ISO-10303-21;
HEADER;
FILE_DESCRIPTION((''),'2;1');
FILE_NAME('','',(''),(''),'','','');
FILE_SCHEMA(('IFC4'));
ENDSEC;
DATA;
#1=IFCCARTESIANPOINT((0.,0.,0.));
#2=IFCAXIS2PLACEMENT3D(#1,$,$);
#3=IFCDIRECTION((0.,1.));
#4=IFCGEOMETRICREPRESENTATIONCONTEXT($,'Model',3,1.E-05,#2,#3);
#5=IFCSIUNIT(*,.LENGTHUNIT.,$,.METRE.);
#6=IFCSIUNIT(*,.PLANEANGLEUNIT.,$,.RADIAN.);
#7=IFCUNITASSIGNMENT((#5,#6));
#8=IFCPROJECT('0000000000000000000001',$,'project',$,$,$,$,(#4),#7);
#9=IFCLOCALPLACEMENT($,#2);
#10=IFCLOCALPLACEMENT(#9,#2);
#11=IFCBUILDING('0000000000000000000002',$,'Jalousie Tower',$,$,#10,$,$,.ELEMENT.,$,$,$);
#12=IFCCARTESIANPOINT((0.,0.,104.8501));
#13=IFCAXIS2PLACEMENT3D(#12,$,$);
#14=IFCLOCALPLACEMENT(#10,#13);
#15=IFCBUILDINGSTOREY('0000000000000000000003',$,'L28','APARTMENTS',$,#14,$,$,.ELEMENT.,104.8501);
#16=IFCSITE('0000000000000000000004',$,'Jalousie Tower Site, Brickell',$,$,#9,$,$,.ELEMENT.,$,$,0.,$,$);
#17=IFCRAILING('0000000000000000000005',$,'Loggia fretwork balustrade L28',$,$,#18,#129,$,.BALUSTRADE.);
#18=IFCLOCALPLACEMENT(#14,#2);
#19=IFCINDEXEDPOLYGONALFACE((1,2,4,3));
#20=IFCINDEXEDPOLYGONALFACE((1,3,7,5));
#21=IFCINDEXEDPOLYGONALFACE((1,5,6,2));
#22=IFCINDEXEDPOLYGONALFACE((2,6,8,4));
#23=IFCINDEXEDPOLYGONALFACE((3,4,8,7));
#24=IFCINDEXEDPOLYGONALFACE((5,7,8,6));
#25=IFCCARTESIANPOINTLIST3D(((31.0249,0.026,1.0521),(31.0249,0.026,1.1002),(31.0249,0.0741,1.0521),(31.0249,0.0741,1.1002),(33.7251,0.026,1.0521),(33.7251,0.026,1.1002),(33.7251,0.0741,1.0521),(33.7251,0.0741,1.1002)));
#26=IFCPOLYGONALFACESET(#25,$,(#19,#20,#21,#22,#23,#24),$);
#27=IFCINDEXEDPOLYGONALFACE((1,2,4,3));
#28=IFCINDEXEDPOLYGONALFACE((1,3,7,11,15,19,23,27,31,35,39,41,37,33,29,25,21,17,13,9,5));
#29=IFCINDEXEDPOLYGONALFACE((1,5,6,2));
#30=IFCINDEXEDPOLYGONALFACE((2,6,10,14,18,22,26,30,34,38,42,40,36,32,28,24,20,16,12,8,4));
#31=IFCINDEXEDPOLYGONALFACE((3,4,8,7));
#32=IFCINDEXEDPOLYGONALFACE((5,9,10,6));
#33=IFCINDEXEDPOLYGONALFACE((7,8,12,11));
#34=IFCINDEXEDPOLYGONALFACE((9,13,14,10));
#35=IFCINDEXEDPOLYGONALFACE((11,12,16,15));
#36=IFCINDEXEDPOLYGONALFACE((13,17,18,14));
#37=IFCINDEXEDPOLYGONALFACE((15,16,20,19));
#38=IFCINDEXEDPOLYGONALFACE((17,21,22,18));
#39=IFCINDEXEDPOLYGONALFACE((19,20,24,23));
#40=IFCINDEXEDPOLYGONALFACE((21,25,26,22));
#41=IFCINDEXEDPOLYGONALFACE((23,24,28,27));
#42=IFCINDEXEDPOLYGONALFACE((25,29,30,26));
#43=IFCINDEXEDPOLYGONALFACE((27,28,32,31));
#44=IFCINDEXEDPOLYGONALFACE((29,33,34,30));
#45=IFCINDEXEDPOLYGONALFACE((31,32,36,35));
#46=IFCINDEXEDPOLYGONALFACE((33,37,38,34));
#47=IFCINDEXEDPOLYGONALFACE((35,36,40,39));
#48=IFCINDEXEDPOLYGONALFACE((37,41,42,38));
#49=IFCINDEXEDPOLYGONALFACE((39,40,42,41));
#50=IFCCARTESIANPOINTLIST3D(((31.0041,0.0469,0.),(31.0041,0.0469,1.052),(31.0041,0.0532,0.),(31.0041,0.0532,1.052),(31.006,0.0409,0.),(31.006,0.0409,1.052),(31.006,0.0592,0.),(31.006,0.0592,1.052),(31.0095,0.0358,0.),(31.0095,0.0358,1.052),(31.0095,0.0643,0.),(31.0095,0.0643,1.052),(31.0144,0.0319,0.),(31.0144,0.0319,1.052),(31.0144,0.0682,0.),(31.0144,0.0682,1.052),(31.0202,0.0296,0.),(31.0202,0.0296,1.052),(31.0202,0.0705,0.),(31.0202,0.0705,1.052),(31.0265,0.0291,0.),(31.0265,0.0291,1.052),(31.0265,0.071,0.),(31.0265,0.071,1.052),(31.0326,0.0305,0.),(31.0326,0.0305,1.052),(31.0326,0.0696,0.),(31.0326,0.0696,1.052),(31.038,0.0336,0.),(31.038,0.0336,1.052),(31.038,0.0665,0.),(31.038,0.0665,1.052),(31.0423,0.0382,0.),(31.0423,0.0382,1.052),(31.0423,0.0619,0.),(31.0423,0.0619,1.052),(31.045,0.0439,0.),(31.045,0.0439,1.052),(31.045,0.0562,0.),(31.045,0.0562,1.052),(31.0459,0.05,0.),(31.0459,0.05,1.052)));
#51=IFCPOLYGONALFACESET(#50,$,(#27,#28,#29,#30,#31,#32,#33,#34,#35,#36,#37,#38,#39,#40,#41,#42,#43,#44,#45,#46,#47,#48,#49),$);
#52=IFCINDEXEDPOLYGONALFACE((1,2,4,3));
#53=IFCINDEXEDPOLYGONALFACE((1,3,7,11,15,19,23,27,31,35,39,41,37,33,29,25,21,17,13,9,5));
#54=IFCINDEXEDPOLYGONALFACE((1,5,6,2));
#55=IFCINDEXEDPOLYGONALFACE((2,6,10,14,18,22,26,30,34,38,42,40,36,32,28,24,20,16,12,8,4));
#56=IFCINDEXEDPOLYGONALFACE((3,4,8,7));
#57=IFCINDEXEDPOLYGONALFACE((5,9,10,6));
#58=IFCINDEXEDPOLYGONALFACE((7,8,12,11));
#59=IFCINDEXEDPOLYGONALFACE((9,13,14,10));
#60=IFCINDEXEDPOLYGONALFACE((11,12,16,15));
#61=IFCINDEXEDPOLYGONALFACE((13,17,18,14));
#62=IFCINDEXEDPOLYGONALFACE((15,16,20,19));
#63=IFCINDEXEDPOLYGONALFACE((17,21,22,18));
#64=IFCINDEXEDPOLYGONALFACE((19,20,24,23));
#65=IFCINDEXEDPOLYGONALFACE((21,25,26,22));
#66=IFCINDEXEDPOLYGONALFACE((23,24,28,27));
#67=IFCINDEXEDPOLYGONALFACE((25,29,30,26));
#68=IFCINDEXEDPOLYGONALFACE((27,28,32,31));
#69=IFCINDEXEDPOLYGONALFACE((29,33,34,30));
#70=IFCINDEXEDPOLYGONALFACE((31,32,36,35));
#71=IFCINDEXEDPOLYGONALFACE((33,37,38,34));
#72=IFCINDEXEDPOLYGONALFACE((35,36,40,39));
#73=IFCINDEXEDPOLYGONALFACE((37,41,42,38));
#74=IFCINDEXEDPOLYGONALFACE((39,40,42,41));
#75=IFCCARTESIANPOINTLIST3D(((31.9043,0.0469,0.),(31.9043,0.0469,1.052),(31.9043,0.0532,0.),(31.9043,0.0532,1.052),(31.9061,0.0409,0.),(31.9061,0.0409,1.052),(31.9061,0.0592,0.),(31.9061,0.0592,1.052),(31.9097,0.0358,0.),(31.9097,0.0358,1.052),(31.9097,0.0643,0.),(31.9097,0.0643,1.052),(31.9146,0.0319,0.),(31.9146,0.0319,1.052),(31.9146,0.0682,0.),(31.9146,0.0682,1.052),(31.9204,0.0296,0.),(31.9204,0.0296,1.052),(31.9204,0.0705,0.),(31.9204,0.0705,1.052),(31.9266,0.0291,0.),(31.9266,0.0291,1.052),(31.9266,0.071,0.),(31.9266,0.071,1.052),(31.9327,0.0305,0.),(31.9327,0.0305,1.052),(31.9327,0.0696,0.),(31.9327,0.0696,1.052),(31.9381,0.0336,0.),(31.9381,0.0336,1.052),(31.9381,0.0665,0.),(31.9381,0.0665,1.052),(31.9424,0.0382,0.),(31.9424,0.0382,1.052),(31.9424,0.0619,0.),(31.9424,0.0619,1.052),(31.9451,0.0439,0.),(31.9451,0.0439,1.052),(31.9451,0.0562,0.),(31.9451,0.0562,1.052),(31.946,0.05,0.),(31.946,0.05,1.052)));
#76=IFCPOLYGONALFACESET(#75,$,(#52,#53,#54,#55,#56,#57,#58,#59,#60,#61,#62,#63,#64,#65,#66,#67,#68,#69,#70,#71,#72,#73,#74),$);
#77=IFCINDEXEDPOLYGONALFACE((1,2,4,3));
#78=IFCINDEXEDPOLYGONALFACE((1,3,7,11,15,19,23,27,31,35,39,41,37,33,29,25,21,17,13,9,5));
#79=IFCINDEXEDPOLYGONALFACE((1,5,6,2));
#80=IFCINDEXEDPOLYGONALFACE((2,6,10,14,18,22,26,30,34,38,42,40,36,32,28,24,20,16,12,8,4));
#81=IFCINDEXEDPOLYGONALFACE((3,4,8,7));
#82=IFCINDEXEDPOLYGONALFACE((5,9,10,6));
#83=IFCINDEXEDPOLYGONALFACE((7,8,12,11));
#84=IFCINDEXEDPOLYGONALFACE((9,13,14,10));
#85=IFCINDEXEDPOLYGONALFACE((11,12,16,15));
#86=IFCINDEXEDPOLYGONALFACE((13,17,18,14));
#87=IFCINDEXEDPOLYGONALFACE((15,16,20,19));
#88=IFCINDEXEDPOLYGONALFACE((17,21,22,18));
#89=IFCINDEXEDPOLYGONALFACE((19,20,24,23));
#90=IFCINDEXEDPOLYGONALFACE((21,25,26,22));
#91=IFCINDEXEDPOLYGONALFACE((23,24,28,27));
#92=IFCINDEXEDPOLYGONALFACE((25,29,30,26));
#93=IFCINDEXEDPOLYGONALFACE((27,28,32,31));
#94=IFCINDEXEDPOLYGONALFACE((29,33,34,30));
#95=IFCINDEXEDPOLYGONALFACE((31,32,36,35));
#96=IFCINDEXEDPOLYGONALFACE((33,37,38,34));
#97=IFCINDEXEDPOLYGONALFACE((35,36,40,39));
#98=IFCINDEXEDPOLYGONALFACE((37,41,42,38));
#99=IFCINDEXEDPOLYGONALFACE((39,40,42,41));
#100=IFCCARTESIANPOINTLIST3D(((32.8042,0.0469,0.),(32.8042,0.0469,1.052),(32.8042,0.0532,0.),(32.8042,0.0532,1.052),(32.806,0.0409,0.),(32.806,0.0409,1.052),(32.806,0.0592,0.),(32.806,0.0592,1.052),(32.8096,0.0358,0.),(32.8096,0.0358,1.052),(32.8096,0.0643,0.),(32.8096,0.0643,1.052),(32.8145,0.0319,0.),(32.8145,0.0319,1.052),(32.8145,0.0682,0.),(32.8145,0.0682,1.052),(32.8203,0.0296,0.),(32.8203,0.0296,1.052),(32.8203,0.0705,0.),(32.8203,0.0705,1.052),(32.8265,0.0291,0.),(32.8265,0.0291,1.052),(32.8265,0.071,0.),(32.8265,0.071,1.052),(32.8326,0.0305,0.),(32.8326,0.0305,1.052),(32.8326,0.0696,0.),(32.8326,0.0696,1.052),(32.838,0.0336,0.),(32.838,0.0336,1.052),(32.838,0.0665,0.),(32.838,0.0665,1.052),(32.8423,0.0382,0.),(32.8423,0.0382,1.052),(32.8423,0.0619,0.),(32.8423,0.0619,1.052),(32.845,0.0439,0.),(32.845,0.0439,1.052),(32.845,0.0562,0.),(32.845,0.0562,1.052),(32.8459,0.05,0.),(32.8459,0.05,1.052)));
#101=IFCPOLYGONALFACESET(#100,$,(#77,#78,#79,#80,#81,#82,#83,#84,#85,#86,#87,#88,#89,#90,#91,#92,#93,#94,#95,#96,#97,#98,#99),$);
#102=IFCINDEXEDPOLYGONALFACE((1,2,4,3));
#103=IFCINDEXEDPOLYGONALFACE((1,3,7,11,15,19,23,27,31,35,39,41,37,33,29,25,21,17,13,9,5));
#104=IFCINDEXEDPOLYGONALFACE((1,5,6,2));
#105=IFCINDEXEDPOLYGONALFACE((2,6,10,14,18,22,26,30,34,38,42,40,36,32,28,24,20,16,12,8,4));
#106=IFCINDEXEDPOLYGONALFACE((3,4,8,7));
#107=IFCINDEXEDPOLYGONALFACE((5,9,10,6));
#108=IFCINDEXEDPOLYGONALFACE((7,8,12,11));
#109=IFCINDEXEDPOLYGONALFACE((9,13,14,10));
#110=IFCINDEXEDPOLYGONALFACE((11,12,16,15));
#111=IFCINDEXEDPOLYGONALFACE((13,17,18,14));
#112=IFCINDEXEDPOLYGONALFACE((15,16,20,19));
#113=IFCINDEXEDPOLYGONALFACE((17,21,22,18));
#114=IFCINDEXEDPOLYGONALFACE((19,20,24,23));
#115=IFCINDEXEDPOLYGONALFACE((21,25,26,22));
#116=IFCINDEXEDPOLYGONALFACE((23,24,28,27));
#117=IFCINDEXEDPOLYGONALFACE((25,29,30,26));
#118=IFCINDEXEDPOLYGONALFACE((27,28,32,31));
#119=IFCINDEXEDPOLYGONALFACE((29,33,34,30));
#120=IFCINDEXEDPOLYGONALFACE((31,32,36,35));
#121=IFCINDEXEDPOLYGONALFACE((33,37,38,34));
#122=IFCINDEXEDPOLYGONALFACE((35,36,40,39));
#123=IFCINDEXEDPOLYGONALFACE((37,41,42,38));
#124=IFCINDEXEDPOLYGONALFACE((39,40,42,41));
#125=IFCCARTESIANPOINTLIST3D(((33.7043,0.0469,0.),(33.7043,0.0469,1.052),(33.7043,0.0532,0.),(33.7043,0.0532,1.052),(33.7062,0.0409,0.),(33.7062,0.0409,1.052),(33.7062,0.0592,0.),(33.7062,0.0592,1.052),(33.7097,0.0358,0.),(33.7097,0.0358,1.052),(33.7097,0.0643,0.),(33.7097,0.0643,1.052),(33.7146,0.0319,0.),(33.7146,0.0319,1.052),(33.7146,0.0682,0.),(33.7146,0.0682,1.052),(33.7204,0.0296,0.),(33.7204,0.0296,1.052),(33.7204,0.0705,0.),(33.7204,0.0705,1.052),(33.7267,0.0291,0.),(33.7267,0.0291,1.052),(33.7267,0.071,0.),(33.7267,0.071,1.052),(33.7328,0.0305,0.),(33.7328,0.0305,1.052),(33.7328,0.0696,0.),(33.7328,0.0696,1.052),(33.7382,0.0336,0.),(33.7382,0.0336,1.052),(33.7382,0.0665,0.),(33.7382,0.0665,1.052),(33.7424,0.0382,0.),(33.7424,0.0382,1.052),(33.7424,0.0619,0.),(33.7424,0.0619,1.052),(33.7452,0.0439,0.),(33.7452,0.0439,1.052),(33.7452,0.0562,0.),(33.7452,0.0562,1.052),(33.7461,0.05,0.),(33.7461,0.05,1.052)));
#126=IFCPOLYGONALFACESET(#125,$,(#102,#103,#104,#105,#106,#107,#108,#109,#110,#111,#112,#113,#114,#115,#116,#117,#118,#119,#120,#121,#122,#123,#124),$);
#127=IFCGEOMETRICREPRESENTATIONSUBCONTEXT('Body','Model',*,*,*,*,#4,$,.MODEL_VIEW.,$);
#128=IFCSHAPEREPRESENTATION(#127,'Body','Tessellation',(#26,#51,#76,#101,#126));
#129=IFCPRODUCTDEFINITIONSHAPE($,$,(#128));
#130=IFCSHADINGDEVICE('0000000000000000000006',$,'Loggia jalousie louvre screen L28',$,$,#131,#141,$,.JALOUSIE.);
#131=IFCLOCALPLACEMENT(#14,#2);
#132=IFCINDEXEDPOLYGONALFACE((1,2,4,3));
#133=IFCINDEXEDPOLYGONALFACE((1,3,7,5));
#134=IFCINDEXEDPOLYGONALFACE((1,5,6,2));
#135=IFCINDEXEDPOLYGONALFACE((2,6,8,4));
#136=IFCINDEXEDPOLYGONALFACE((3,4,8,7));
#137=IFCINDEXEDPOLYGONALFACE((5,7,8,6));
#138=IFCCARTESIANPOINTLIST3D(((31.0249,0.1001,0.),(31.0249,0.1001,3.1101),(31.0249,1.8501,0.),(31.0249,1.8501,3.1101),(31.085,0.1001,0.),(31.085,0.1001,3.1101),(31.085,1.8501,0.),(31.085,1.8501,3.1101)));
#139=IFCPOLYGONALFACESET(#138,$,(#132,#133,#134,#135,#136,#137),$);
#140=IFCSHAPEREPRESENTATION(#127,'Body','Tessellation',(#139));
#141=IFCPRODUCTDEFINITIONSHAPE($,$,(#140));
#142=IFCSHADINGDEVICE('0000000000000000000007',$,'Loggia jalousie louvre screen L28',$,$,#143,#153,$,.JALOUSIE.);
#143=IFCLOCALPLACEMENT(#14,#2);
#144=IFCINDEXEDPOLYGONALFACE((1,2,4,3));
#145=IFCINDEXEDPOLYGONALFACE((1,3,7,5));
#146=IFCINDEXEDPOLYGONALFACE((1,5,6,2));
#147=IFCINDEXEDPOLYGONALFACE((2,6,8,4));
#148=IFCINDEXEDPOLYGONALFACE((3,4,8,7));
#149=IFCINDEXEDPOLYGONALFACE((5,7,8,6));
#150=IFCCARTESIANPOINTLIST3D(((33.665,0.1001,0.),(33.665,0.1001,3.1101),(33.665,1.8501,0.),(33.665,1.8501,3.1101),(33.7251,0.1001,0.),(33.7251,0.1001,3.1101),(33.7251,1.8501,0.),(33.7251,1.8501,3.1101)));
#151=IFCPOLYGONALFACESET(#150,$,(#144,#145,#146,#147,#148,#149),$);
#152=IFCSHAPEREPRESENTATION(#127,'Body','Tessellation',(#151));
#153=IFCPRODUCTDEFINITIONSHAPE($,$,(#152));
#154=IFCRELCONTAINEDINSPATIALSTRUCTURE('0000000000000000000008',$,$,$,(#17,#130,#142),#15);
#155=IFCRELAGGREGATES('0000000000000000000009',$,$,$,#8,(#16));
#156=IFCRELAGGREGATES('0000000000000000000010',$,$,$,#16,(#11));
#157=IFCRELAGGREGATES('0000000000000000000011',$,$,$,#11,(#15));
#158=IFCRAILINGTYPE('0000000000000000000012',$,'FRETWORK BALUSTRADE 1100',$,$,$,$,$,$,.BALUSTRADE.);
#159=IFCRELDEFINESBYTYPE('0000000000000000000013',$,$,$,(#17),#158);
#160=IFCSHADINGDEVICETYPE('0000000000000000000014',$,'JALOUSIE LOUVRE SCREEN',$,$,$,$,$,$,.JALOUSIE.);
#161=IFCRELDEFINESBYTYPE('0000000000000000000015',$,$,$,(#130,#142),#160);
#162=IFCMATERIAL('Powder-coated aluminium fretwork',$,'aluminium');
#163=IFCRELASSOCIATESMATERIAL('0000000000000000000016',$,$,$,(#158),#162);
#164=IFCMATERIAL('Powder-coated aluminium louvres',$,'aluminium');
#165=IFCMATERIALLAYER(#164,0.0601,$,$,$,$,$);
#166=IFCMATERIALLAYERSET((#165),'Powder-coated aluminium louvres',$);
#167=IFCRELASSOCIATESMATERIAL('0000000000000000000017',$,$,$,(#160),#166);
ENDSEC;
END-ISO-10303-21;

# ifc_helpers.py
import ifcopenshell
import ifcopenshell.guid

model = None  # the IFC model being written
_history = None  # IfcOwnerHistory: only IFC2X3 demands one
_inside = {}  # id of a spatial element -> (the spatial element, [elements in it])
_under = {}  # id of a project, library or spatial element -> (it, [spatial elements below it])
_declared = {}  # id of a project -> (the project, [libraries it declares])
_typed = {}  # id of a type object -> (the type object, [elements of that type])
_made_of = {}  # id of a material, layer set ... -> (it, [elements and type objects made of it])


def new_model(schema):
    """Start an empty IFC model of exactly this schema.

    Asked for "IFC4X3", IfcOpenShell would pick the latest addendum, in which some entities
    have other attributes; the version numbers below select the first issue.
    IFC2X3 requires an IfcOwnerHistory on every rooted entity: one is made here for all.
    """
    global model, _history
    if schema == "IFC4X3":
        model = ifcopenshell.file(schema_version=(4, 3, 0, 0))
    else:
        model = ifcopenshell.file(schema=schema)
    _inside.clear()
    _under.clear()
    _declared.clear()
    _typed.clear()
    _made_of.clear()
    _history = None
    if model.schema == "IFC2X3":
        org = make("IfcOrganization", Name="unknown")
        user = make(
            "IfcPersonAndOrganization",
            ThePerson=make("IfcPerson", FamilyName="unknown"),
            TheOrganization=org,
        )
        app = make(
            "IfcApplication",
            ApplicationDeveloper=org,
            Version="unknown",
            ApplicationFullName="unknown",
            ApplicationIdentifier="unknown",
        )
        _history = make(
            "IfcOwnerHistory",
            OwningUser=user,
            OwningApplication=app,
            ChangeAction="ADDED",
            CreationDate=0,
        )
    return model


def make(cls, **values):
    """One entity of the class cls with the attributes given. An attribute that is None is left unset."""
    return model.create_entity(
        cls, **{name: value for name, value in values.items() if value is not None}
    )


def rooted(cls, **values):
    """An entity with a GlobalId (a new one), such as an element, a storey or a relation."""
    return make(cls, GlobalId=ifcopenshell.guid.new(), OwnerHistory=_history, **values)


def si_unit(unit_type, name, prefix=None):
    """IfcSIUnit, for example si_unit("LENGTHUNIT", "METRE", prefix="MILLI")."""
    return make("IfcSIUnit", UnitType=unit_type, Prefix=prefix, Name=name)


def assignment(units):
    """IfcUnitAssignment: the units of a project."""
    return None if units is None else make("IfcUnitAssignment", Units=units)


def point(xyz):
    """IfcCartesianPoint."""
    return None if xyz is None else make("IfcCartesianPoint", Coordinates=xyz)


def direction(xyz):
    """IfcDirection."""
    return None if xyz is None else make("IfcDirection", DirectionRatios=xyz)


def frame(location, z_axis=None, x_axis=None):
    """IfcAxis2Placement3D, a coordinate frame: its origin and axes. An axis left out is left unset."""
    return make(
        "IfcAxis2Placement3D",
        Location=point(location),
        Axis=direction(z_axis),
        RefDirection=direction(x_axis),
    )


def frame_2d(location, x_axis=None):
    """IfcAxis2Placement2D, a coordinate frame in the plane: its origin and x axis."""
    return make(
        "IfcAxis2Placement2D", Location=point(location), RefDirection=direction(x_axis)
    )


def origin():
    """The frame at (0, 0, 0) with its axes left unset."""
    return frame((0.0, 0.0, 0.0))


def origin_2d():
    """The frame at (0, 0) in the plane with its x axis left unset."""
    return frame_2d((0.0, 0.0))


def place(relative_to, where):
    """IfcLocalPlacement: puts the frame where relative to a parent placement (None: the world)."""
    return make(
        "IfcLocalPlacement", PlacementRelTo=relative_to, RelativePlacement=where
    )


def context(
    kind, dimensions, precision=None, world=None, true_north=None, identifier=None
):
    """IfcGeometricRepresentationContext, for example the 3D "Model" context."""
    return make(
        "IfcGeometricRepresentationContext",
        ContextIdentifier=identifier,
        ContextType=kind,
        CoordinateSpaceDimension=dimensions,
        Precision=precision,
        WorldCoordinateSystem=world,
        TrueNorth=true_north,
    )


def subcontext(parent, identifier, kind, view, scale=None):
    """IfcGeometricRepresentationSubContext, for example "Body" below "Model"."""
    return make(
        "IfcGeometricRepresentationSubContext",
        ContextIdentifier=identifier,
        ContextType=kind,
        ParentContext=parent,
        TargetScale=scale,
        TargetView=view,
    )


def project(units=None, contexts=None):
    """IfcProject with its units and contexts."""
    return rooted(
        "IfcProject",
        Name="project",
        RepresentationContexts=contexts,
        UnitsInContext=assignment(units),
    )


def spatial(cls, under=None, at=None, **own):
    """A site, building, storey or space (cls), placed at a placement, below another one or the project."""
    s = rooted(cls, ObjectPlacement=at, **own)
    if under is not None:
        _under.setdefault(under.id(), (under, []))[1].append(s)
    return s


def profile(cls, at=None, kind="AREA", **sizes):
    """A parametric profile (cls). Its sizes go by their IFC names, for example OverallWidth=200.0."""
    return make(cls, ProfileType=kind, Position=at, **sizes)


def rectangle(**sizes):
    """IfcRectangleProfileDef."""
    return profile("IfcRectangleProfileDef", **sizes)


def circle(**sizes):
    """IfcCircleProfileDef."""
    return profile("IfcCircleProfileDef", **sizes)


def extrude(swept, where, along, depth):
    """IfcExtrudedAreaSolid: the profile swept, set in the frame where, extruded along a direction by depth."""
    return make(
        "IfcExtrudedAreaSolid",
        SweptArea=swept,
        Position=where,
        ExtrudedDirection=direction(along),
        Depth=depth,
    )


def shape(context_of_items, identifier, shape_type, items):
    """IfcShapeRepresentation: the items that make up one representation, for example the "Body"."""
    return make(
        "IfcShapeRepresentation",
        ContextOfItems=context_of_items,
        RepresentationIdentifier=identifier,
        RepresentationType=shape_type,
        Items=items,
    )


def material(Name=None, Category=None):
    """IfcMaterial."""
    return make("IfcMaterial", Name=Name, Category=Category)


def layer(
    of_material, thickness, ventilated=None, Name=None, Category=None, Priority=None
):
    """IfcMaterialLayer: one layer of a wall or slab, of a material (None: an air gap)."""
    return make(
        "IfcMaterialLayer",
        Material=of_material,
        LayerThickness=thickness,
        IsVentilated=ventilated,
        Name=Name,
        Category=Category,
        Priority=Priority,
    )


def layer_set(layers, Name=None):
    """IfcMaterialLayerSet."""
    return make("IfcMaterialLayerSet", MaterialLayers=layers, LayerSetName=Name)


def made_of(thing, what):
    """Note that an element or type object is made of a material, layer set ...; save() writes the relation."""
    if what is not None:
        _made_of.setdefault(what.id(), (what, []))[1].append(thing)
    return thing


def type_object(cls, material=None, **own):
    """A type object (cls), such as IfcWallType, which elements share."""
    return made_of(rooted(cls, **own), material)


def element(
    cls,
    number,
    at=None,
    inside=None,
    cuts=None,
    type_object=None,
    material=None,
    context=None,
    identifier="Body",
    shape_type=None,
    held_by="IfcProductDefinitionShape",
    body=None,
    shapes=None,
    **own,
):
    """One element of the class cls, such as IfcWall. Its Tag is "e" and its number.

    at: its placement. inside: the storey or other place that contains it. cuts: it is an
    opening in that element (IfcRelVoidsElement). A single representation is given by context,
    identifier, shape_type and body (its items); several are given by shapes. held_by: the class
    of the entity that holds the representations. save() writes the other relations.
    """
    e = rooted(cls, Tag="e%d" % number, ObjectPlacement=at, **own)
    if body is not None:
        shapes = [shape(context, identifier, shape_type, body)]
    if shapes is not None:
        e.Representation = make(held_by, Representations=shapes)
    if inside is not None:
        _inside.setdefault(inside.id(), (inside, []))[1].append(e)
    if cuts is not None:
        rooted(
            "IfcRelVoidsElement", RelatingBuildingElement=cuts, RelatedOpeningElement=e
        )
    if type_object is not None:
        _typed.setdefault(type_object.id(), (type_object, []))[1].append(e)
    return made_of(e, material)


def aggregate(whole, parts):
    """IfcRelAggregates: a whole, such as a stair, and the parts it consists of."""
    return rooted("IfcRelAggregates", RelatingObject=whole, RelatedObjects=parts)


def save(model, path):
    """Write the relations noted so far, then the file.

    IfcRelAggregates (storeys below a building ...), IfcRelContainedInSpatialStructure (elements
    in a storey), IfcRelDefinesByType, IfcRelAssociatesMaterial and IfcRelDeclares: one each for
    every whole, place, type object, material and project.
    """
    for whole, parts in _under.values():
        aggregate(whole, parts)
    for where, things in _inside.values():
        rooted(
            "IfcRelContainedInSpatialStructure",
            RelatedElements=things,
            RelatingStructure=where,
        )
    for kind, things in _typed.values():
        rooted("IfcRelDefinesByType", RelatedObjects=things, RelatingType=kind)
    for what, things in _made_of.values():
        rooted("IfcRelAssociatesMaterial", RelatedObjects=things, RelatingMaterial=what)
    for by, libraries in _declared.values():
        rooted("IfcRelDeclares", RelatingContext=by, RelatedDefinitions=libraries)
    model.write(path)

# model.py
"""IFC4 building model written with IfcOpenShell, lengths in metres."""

from ifc_helpers import new_model, si_unit, direction, frame, origin, origin_2d, place, context, subcontext, project, spatial, rectangle, circle, extrude, material, layer, layer_set, type_object, element, save


model = new_model("IFC4")

# Units and contexts
model_context = context("Model", 3, precision=1e-05, world=origin(), true_north=direction((0.0, 1.0)))
body_context = subcontext(model_context, "Body", "Model", "MODEL_VIEW")
ifc_project = project(units=[si_unit("LENGTHUNIT", "METRE"), si_unit("PLANEANGLEUNIT", "RADIAN")], contexts=[model_context])

# Site, building, storey
site_placement = place(None, origin())
site = spatial("IfcSite", under=ifc_project, at=site_placement, Name="Jalousie Tower Site, Brickell", CompositionType="ELEMENT", RefElevation=0.0)
building_placement = place(site_placement, origin())
building = spatial("IfcBuilding", under=site, at=building_placement, Name="Jalousie Tower", CompositionType="ELEMENT")
storey_placement = place(building_placement, frame((0.0, 0.0, 104.8501)))
storey = spatial("IfcBuildingStorey", under=building, at=storey_placement, Name="L28", Description="APARTMENTS", CompositionType="ELEMENT", Elevation=104.8501)

# Railing
ifc_material_1 = material(Name="Powder-coated aluminium fretwork", Category="aluminium")
railing_type = type_object("IfcRailingType", Name="FRETWORK BALUSTRADE 1100", PredefinedType="BALUSTRADE", material=ifc_material_1)
railing_placement = place(storey_placement, frame((31.0249, 0.05, 0.0)))
element("IfcRailing", 1, at=railing_placement, inside=storey, type_object=railing_type, Name="Loggia fretwork balustrade L28", PredefinedType="BALUSTRADE", context=body_context, shape_type="SweptSolid", body=[
    extrude(rectangle(XDim=0.0481, YDim=0.0481, at=origin_2d()), frame((0.0, 0.0, 1.0762), z_axis=(1.0, 0.0, 0.0), x_axis=(0.0, 1.0, 0.0)), (0.0, 0.0, 1.0), 2.7002),
    extrude(circle(Radius=0.021, at=origin_2d()), origin(), (0.0, 0.0, 1.0), 1.052),
    extrude(circle(Radius=0.021, at=origin_2d()), frame((0.9001, 0.0, 0.0)), (0.0, 0.0, 1.0), 1.052),
    extrude(circle(Radius=0.021, at=origin_2d()), frame((1.8, 0.0, 0.0)), (0.0, 0.0, 1.0), 1.052),
    extrude(circle(Radius=0.021, at=origin_2d()), frame((2.7002, 0.0, 0.0)), (0.0, 0.0, 1.0), 1.052),
])

# Shading devices
ifc_material_2 = material(Name="Powder-coated aluminium louvres", Category="aluminium")
ifc_layer_1 = layer(ifc_material_2, 0.0601)
ifc_layer_set_1 = layer_set([ifc_layer_1], Name="Powder-coated aluminium louvres")
shading_device_type_1 = type_object("IfcShadingDeviceType", Name="JALOUSIE LOUVRE SCREEN", PredefinedType="JALOUSIE", material=ifc_layer_set_1)
for number, where, z_axis, x_axis, name in (
    (2, (31.0549, 0.9751, 0.0), (0.0, 0.0, 1.0), (1.0, 0.0, 0.0), "Loggia jalousie louvre screen L28"),
    (3, (33.6951, 0.9751, 0.0), (0.0, 0.0, 1.0), (1.0, 0.0, 0.0), "Loggia jalousie louvre screen L28"),
):
    element("IfcShadingDevice", number, at=place(storey_placement, frame(where, z_axis=z_axis, x_axis=x_axis)), inside=storey, type_object=shading_device_type_1, Name=name, PredefinedType="JALOUSIE", context=body_context, shape_type="SweptSolid", body=[
        extrude(rectangle(XDim=0.0601, YDim=1.75, at=origin_2d()), origin(), (0.0, 0.0, 1.0), 3.1101),
    ])

save(model, "model.ifc")
